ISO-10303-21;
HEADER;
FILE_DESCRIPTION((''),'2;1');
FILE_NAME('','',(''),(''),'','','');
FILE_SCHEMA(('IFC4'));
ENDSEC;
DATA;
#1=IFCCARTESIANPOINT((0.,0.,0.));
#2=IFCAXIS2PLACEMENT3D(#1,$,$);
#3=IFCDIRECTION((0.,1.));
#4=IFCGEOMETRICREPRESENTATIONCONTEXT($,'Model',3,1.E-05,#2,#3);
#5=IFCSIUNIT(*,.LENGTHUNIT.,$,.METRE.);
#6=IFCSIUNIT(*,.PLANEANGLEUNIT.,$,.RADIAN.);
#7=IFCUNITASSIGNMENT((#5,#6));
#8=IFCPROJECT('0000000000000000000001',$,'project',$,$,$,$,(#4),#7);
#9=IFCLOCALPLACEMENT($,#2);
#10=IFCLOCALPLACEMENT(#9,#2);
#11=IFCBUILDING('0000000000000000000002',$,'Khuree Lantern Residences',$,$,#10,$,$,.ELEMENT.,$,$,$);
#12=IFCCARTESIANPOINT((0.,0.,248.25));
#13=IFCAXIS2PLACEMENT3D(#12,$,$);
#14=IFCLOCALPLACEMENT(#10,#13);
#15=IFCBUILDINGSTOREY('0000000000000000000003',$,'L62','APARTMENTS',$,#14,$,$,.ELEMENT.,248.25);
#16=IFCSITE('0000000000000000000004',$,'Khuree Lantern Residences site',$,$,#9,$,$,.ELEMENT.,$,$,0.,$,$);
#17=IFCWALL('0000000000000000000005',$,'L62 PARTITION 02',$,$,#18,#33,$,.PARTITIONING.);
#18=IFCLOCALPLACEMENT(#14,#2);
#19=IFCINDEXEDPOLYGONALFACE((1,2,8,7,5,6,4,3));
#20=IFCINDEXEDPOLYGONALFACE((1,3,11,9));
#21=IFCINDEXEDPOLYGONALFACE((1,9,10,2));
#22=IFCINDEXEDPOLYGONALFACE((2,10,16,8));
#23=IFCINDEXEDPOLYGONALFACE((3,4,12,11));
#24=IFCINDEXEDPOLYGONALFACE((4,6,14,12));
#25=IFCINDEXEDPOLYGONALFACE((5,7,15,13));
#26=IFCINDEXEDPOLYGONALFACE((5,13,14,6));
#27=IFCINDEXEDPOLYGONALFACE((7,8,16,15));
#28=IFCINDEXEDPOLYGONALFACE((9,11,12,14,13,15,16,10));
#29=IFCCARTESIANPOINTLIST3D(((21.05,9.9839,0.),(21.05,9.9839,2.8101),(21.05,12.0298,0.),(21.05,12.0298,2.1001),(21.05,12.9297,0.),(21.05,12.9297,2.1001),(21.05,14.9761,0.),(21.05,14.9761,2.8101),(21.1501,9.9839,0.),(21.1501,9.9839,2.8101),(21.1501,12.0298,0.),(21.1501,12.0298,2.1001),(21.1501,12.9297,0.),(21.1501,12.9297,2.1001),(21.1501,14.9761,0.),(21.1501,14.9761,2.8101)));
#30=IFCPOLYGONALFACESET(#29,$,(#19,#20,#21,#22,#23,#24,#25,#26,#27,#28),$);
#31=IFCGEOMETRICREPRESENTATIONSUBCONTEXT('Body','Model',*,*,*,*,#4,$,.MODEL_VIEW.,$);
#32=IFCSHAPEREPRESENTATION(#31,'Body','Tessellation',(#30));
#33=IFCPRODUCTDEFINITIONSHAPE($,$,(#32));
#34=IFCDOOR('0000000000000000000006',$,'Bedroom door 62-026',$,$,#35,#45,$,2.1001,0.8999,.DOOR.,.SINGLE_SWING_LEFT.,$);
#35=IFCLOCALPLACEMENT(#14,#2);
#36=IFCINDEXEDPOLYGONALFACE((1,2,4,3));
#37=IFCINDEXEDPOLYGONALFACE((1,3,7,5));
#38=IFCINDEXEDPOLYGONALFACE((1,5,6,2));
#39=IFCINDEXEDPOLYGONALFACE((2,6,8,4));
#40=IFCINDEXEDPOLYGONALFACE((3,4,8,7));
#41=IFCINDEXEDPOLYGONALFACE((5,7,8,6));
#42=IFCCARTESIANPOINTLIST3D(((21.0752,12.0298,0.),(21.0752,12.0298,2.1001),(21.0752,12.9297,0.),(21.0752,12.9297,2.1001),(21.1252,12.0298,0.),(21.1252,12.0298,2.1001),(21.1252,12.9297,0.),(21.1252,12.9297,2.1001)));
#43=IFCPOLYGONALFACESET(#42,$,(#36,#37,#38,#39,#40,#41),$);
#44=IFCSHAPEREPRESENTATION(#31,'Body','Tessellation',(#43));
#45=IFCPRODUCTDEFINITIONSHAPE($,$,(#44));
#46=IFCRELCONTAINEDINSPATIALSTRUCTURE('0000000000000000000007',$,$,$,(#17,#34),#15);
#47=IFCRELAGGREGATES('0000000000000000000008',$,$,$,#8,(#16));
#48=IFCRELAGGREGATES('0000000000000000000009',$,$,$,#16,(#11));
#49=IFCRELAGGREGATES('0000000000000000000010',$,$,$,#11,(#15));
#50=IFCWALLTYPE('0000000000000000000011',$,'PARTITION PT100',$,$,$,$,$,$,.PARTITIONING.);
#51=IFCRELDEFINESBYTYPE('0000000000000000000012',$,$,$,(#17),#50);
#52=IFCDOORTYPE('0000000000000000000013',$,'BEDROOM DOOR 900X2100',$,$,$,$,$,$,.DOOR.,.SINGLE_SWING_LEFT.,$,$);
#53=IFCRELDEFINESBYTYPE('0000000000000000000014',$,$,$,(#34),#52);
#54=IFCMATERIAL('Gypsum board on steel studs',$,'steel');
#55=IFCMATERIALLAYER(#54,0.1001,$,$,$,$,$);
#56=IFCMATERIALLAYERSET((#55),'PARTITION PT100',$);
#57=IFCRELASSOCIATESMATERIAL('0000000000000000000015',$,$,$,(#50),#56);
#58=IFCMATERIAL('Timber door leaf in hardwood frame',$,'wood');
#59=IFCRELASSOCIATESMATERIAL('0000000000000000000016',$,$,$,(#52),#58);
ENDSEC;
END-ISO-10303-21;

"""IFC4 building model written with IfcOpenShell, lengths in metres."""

from ifc_helpers import new_model, si_unit, direction, frame, frame_2d, origin, place, context, subcontext, project, spatial, rectangle, extrude, material, layer, layer_set, type_object, element, fill, save


model = new_model("IFC4")

# Units and contexts
model_context = context("Model", 3, precision=1e-05, world=origin(), true_north=direction((0.0, 1.0)))
body_context = subcontext(model_context, "Body", "Model", "MODEL_VIEW")
ifc_project = project(units=[si_unit("LENGTHUNIT", "METRE"), si_unit("PLANEANGLEUNIT", "RADIAN")], contexts=[model_context])

# Site, building, storey
site_placement = place(None, origin())
site = spatial("IfcSite", under=ifc_project, at=site_placement, Name="Khuree Lantern Residences site", CompositionType="ELEMENT", RefElevation=0.0)
building_placement = place(site_placement, origin())
building = spatial("IfcBuilding", under=site, at=building_placement, Name="Khuree Lantern Residences", CompositionType="ELEMENT")
storey_placement = place(building_placement, frame((0.0, 0.0, 248.25)))
storey = spatial("IfcBuildingStorey", under=building, at=storey_placement, Name="L62", Description="APARTMENTS", CompositionType="ELEMENT", Elevation=248.25)

# Shared definitions
ifc_material_1 = material(Name="Timber door leaf in hardwood frame", Category="wood")

# Shared definitions
ifc_material_2 = material(Name="Gypsum board on steel studs", Category="steel")
ifc_layer_1 = layer(ifc_material_2, 0.1001)
ifc_layer_set_1 = layer_set([ifc_layer_1], Name="PARTITION PT100")
wall_type_1 = type_object("IfcWallType", Name="PARTITION PT100", PredefinedType="PARTITIONING", material=ifc_layer_set_1)

# Wall, opening, door
door_type_1 = type_object("IfcDoorType", Name="BEDROOM DOOR 900X2100", OperationType="SINGLE_SWING_LEFT", PredefinedType="DOOR", material=ifc_material_1)
wall_1_placement = place(storey_placement, frame((21.1001, 9.9839, 0.0), z_axis=(0.0, 0.0, 1.0), x_axis=(0.0, 1.0, 0.0)))
wall_1 = element("IfcWall", 1, at=wall_1_placement, inside=storey, type_object=wall_type_1, Name="L62 PARTITION 02", PredefinedType="PARTITIONING", context=body_context, shape_type="SweptSolid", body=[
    extrude(rectangle(XDim=4.9922, YDim=0.1001, at=frame_2d((2.4961, 0.0))), origin(), (0.0, 0.0, 1.0), 2.8101),
])
opening_1_placement = place(wall_1_placement, frame((2.0459, 0.0, 0.0)))
opening_1 = element("IfcOpeningElement", 2, at=opening_1_placement, cuts=wall_1, PredefinedType="OPENING", context=body_context, shape_type="SweptSolid", body=[
    extrude(rectangle(XDim=0.8999, YDim=2.1001, at=frame_2d((0.45, 1.05))), frame((0.0, 0.0601, 0.0), z_axis=(0.0, -1.0, 0.0), x_axis=(1.0, 0.0, 0.0)), (0.0, 0.0, 1.0), 0.1201),
])
door_1_placement = place(opening_1_placement, origin())
door_1 = element("IfcDoor", 3, at=door_1_placement, inside=storey, type_object=door_type_1, Name="Bedroom door 62-026", OperationType="SINGLE_SWING_LEFT", OverallHeight=2.1001, OverallWidth=0.8999, PredefinedType="DOOR", context=body_context, shape_type="SweptSolid", body=[
    extrude(rectangle(XDim=0.8999, YDim=2.1001, at=frame_2d((0.45, 1.05))), frame((0.0, 0.0249, 0.0), z_axis=(0.0, -1.0, 0.0), x_axis=(1.0, 0.0, 0.0)), (0.0, 0.0, 1.0), 0.05),
])
fill(opening_1, door_1)

save(model, "model.ifc")
